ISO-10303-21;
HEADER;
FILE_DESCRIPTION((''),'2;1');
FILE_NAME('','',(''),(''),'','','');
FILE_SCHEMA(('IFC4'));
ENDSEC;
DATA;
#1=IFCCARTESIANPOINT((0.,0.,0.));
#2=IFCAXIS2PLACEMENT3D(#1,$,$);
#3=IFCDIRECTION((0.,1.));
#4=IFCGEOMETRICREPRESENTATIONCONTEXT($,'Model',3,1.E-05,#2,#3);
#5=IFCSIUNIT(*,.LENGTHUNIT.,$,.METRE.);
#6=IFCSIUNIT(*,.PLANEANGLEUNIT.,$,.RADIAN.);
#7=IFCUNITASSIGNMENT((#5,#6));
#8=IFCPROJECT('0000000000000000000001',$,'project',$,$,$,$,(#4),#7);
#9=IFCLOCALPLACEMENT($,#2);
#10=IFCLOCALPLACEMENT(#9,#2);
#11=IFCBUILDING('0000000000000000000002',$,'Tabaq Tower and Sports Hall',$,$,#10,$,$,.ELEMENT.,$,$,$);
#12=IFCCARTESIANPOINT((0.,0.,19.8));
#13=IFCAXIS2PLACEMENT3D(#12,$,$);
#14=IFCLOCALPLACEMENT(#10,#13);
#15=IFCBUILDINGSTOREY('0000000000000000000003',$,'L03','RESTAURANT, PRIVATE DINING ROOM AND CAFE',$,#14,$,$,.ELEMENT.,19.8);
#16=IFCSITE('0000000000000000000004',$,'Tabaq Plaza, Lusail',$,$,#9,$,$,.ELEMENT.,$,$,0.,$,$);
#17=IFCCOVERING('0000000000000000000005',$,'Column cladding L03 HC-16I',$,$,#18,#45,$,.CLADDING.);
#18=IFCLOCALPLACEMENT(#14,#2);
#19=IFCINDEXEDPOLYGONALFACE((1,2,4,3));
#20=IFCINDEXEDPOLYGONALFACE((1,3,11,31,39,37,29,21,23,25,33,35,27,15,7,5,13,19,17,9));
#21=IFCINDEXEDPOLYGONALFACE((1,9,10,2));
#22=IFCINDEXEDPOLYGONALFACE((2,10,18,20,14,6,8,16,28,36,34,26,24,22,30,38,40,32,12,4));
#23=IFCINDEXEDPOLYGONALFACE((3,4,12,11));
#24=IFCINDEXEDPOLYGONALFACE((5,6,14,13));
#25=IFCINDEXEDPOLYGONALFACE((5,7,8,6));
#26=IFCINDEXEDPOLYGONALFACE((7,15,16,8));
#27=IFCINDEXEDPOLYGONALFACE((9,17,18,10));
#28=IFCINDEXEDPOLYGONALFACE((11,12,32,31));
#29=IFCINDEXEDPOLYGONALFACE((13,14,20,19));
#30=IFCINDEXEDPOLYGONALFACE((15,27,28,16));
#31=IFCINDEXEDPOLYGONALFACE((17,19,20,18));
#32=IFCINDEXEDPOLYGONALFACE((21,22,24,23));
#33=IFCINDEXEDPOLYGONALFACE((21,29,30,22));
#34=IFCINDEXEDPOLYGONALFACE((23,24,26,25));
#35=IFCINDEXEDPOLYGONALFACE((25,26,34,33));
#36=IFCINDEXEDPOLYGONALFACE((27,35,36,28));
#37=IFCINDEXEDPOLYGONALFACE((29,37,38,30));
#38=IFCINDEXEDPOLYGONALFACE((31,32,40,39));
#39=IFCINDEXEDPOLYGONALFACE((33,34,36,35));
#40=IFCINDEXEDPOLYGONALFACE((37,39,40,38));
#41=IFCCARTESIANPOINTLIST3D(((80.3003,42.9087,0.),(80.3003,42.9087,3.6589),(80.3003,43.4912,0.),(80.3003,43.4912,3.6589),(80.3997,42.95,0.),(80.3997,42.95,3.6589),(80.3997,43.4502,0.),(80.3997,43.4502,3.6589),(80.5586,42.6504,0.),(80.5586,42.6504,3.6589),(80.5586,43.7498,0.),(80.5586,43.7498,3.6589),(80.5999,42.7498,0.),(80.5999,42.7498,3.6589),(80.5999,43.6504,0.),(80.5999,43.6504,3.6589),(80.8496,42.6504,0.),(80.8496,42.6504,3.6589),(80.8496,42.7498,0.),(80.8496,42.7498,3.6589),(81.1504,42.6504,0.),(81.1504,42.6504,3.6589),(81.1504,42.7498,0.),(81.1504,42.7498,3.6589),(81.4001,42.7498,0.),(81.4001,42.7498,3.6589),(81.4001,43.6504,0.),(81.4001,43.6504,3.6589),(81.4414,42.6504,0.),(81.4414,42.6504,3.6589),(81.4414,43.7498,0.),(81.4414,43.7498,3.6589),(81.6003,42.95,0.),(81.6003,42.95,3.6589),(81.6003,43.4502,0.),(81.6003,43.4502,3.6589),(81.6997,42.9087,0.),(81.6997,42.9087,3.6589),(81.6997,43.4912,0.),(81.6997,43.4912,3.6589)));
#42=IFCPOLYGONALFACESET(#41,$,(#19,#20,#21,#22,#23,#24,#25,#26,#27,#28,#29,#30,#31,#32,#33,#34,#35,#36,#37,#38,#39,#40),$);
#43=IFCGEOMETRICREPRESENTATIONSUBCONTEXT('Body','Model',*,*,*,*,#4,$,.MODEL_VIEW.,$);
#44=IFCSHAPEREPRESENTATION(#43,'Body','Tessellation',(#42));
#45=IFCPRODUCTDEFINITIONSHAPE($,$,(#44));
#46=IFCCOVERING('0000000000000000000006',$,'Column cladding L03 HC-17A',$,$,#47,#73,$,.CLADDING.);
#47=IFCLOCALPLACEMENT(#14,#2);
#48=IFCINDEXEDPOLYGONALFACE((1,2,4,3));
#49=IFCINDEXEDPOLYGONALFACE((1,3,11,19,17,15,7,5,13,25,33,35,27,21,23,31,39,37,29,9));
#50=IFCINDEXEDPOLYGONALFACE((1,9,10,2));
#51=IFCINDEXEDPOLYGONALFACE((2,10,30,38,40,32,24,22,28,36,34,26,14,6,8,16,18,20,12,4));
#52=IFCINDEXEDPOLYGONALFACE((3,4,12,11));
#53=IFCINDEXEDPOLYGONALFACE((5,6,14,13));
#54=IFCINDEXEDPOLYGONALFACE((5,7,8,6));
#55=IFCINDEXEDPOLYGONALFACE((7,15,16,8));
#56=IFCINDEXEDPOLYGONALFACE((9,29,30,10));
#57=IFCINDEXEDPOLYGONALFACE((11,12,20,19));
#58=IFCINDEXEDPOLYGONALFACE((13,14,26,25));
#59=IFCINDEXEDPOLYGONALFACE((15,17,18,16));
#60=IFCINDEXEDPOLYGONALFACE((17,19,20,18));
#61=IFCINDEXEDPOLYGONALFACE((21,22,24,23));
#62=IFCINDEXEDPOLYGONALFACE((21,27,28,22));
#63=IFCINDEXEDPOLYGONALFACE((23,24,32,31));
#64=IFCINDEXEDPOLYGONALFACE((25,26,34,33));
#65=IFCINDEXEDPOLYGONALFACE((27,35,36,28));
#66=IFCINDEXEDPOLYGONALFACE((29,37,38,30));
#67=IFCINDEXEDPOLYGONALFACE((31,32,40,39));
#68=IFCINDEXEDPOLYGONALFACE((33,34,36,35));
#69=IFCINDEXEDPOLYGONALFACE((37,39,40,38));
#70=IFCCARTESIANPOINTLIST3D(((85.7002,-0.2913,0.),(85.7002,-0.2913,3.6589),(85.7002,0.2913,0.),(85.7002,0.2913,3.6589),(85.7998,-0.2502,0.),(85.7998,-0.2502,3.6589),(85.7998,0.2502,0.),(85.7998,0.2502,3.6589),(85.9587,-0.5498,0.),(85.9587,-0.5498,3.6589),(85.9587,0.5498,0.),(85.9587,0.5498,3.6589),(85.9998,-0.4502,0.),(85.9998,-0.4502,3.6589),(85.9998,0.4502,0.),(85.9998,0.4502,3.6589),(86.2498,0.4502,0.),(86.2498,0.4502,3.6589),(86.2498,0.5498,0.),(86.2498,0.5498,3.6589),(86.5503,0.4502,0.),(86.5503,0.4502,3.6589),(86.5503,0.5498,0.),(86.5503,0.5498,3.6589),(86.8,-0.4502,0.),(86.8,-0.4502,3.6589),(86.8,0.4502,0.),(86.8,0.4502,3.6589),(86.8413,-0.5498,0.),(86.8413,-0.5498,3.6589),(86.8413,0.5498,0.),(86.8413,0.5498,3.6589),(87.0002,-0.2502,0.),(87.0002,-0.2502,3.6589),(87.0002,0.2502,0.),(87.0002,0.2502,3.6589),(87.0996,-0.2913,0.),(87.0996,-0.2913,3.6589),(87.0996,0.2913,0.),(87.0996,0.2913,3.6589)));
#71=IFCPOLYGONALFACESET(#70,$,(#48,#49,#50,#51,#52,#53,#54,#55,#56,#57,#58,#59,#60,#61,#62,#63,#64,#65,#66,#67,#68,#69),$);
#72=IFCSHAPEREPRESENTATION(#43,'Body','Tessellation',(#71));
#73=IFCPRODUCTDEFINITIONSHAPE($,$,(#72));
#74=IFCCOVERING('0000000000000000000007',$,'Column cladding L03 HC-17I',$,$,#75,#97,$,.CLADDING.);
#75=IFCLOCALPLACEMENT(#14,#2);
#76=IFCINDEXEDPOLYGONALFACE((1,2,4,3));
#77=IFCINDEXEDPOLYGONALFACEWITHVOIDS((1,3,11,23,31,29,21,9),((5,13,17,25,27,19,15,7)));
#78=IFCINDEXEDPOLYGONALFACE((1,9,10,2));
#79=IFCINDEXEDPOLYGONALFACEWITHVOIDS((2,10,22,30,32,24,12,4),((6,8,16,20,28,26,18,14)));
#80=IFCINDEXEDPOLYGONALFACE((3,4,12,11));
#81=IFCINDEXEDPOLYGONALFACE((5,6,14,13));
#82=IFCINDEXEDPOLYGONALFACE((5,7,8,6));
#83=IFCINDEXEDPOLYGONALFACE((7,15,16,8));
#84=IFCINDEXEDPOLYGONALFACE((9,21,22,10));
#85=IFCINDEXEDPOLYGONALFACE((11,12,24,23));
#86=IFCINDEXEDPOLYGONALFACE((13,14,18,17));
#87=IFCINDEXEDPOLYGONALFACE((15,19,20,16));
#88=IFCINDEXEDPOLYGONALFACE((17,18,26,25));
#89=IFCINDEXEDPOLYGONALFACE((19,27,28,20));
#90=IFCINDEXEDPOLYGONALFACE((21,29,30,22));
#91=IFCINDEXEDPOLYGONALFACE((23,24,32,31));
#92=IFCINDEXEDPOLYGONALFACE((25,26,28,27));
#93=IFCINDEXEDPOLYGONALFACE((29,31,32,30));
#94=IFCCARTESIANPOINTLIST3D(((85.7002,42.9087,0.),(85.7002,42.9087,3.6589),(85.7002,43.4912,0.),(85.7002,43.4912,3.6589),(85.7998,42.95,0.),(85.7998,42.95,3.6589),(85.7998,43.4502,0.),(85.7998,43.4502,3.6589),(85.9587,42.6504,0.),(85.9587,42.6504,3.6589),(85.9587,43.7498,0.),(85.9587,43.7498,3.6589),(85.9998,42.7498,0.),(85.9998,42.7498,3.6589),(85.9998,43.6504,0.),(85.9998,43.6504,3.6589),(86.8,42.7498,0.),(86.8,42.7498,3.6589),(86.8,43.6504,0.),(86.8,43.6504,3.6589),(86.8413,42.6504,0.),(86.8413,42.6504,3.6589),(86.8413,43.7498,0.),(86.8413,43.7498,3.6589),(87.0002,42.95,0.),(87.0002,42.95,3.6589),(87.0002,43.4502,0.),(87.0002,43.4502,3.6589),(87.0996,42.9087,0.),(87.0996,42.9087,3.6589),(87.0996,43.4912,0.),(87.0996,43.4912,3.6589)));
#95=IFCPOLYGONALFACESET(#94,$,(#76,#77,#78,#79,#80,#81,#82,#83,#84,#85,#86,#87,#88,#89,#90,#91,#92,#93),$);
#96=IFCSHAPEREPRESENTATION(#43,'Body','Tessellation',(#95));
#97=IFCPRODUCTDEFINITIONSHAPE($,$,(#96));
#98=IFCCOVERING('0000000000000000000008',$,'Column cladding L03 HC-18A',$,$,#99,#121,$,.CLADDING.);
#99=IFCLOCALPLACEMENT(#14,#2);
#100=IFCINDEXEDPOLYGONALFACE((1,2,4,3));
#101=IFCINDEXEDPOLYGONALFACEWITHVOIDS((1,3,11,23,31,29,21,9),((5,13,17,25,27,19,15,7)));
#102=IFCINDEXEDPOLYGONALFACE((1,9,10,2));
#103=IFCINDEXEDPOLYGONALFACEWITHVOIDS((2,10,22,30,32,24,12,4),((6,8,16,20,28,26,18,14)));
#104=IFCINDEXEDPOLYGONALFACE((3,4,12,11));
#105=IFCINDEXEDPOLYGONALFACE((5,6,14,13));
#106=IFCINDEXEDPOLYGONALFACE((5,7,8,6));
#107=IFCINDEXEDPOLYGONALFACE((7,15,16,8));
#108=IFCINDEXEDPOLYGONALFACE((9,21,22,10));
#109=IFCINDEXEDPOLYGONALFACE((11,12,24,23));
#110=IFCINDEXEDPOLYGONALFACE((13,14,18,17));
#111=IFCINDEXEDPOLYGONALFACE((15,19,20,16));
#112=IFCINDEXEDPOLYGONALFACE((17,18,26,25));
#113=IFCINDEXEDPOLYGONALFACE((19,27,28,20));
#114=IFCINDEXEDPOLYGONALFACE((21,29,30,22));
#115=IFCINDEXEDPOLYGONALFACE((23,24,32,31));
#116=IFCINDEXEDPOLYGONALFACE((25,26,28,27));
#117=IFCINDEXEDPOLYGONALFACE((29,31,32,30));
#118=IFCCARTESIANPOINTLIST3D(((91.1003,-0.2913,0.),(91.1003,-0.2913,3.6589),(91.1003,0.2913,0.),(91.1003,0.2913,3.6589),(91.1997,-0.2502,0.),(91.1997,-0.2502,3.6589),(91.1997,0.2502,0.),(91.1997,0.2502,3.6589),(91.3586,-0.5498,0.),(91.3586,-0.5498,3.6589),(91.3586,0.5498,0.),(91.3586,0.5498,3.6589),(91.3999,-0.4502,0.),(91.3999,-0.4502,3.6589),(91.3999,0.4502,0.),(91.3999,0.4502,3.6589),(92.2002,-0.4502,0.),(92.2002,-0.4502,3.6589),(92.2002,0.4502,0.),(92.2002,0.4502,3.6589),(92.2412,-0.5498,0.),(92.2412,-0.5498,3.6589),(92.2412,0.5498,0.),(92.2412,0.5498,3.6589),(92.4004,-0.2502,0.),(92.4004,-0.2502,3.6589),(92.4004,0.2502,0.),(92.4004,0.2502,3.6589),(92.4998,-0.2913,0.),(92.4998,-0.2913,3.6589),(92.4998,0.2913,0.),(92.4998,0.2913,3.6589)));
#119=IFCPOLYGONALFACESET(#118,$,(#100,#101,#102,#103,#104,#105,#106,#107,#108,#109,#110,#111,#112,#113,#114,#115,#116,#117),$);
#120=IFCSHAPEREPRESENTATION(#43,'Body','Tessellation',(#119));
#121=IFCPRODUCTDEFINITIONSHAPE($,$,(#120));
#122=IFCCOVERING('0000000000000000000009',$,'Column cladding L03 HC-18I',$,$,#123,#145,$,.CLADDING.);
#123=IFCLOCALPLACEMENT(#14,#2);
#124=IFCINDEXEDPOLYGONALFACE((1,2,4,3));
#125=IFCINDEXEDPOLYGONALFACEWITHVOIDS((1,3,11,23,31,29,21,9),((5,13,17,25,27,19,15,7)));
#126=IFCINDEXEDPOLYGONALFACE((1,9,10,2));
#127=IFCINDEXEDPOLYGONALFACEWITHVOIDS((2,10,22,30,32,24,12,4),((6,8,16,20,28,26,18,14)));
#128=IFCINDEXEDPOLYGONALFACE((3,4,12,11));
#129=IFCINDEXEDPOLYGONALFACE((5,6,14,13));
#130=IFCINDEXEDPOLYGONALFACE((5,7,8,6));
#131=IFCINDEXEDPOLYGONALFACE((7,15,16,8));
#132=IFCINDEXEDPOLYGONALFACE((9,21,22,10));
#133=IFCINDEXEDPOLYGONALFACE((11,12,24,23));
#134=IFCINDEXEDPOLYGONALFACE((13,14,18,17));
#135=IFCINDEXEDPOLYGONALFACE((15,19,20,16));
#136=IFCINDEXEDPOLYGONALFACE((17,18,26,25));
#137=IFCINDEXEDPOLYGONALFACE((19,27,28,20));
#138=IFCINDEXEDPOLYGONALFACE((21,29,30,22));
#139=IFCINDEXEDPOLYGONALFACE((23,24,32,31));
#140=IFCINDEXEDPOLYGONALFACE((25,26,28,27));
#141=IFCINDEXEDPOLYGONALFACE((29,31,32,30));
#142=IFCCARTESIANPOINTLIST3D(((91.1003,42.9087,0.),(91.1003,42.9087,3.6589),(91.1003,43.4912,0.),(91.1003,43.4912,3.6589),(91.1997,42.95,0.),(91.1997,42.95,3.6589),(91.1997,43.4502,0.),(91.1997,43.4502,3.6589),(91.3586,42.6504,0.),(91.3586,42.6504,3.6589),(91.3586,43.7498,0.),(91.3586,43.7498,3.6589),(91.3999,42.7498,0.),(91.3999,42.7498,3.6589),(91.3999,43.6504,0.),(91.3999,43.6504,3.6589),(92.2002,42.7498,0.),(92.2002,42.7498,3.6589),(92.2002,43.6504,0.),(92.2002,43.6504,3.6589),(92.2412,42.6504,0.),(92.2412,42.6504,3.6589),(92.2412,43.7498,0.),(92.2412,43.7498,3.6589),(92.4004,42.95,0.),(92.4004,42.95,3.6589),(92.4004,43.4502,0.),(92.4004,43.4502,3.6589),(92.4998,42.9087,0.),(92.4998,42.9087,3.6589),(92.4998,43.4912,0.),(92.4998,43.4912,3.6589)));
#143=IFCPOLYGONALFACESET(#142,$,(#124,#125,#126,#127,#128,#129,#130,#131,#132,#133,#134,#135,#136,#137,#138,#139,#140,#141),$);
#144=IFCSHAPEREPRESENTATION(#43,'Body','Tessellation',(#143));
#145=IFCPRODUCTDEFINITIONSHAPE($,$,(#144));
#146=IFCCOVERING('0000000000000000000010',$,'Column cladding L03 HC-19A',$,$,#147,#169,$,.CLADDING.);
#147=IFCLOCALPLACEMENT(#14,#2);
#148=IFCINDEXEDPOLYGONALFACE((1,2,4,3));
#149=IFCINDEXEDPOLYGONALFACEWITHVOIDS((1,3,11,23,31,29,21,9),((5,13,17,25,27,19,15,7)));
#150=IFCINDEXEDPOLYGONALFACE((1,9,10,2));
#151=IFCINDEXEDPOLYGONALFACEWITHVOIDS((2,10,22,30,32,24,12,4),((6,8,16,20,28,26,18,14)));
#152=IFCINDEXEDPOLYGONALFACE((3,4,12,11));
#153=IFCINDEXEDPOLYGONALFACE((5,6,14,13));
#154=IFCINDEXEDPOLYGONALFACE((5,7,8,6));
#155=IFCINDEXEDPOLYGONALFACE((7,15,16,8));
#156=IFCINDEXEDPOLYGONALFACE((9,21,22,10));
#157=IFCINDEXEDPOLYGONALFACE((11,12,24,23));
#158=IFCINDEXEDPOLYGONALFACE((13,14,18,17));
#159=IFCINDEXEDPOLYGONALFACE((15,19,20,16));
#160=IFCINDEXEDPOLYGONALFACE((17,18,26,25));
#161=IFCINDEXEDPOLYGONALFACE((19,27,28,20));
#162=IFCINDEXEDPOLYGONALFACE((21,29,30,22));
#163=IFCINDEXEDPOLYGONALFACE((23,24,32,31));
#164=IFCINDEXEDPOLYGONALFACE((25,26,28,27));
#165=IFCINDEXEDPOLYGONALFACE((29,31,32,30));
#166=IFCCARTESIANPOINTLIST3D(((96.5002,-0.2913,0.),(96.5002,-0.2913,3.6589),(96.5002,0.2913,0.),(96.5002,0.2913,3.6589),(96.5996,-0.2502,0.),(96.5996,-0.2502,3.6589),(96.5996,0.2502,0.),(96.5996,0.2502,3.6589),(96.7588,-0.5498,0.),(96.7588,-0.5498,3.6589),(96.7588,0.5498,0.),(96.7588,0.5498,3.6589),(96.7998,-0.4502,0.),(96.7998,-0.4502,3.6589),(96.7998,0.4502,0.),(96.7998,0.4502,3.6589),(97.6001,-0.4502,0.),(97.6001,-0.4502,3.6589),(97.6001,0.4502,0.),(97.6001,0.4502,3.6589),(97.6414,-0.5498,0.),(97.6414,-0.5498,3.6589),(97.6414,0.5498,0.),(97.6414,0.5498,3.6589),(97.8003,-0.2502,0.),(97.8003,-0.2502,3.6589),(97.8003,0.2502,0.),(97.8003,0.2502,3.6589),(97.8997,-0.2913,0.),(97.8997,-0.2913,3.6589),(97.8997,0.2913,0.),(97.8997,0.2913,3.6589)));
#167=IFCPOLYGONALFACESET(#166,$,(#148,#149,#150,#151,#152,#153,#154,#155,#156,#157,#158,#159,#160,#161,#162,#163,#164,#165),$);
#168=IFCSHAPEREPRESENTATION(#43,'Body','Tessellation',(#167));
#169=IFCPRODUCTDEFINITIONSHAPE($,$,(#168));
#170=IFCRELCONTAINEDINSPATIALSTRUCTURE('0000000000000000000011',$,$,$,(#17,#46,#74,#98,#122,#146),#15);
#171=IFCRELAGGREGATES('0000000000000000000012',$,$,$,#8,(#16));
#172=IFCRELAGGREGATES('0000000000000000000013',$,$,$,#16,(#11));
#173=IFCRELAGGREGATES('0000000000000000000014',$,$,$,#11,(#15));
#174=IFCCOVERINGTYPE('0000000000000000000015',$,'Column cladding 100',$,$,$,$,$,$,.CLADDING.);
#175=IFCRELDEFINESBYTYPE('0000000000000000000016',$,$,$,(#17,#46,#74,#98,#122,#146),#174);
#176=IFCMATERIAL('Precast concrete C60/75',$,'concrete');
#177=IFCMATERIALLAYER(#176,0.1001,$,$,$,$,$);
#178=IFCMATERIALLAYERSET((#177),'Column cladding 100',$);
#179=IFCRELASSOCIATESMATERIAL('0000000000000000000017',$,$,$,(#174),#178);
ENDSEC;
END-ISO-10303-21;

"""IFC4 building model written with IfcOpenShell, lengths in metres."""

from ifc_helpers import new_model, si_unit, direction, frame, origin, place, context, subcontext, project, spatial, polyline, outline, extrude, material, layer, layer_set, type_object, element, save


model = new_model("IFC4")

# Units and contexts
model_context = context("Model", 3, precision=1e-05, world=origin(), true_north=direction((0.0, 1.0)))
body_context = subcontext(model_context, "Body", "Model", "MODEL_VIEW")
ifc_project = project(units=[si_unit("LENGTHUNIT", "METRE"), si_unit("PLANEANGLEUNIT", "RADIAN")], contexts=[model_context])

# Site, building, storey
site_placement = place(None, origin())
site = spatial("IfcSite", under=ifc_project, at=site_placement, Name="Tabaq Plaza, Lusail", CompositionType="ELEMENT", RefElevation=0.0)
building_placement = place(site_placement, origin())
building = spatial("IfcBuilding", under=site, at=building_placement, Name="Tabaq Tower and Sports Hall", CompositionType="ELEMENT")
storey_placement = place(building_placement, frame((0.0, 0.0, 19.8)))
storey = spatial("IfcBuildingStorey", under=building, at=storey_placement, Name="L03", Description="RESTAURANT, PRIVATE DINING ROOM AND CAFE", CompositionType="ELEMENT", Elevation=19.8)

# Coverings
ifc_material_1 = material(Name="Precast concrete C60/75", Category="concrete")
ifc_layer_1 = layer(ifc_material_1, 0.1001)
ifc_layer_set_1 = layer_set([ifc_layer_1], Name="Column cladding 100")
covering_type = type_object("IfcCoveringType", Name="Column cladding 100", PredefinedType="CLADDING", material=ifc_layer_set_1)
covering_1_placement = place(storey_placement, origin())
element("IfcCovering", 1, at=covering_1_placement, inside=storey, type_object=covering_type, Name="Column cladding L03 HC-16I", PredefinedType="CLADDING", context=body_context, shape_type="SweptSolid", body=[
    extrude(outline(polyline([(80.3003, 43.4912), (80.5586, 43.7498), (81.4414, 43.7498), (81.6997, 43.4912), (81.6997, 42.9087), (81.4414, 42.6504), (81.1504, 42.6504), (81.1504, 42.7498), (81.4001, 42.7498), (81.6003, 42.95), (81.6003, 43.4502), (81.4001, 43.6504), (80.5999, 43.6504), (80.3997, 43.4502), (80.3997, 42.95), (80.5999, 42.7498), (80.8496, 42.7498), (80.8496, 42.6504), (80.5586, 42.6504), (80.3003, 42.9087), (80.3003, 43.4912)])), origin(), (0.0, 0.0, 1.0), 3.6589),
])
covering_2_placement = place(storey_placement, origin())
element("IfcCovering", 2, at=covering_2_placement, inside=storey, type_object=covering_type, Name="Column cladding L03 HC-17A", PredefinedType="CLADDING", context=body_context, shape_type="SweptSolid", body=[
    extrude(outline(polyline([(85.7002, 0.2913), (85.9587, 0.5498), (86.2498, 0.5498), (86.2498, 0.4502), (85.9998, 0.4502), (85.7998, 0.2502), (85.7998, -0.2502), (85.9998, -0.4502), (86.8, -0.4502), (87.0002, -0.2502), (87.0002, 0.2502), (86.8, 0.4502), (86.5503, 0.4502), (86.5503, 0.5498), (86.8413, 0.5498), (87.0996, 0.2913), (87.0996, -0.2913), (86.8413, -0.5498), (85.9587, -0.5498), (85.7002, -0.2913), (85.7002, 0.2913)])), origin(), (0.0, 0.0, 1.0), 3.6589),
])
covering_3_placement = place(storey_placement, origin())
element("IfcCovering", 3, at=covering_3_placement, inside=storey, type_object=covering_type, Name="Column cladding L03 HC-17I", PredefinedType="CLADDING", context=body_context, shape_type="SweptSolid", body=[
    extrude(outline(polyline([(85.7002, 42.9087), (85.7002, 43.4912), (85.9587, 43.7498), (86.8413, 43.7498), (87.0996, 43.4912), (87.0996, 42.9087), (86.8413, 42.6504), (85.9587, 42.6504), (85.7002, 42.9087)]), holes=[polyline([(86.8, 42.7498), (87.0002, 42.95), (87.0002, 43.4502), (86.8, 43.6504), (85.9998, 43.6504), (85.7998, 43.4502), (85.7998, 42.95), (85.9998, 42.7498), (86.8, 42.7498)])]), origin(), (0.0, 0.0, 1.0), 3.6589),
])
covering_4_placement = place(storey_placement, origin())
element("IfcCovering", 4, at=covering_4_placement, inside=storey, type_object=covering_type, Name="Column cladding L03 HC-18A", PredefinedType="CLADDING", context=body_context, shape_type="SweptSolid", body=[
    extrude(outline(polyline([(91.1003, -0.2913), (91.1003, 0.2913), (91.3586, 0.5498), (92.2412, 0.5498), (92.4998, 0.2913), (92.4998, -0.2913), (92.2412, -0.5498), (91.3586, -0.5498), (91.1003, -0.2913)]), holes=[polyline([(92.2002, -0.4502), (92.4004, -0.2502), (92.4004, 0.2502), (92.2002, 0.4502), (91.3999, 0.4502), (91.1997, 0.2502), (91.1997, -0.2502), (91.3999, -0.4502), (92.2002, -0.4502)])]), origin(), (0.0, 0.0, 1.0), 3.6589),
])
covering_5_placement = place(storey_placement, origin())
element("IfcCovering", 5, at=covering_5_placement, inside=storey, type_object=covering_type, Name="Column cladding L03 HC-18I", PredefinedType="CLADDING", context=body_context, shape_type="SweptSolid", body=[
    extrude(outline(polyline([(91.1003, 42.9087), (91.1003, 43.4912), (91.3586, 43.7498), (92.2412, 43.7498), (92.4998, 43.4912), (92.4998, 42.9087), (92.2412, 42.6504), (91.3586, 42.6504), (91.1003, 42.9087)]), holes=[polyline([(92.2002, 42.7498), (92.4004, 42.95), (92.4004, 43.4502), (92.2002, 43.6504), (91.3999, 43.6504), (91.1997, 43.4502), (91.1997, 42.95), (91.3999, 42.7498), (92.2002, 42.7498)])]), origin(), (0.0, 0.0, 1.0), 3.6589),
])
covering_6_placement = place(storey_placement, origin())
element("IfcCovering", 6, at=covering_6_placement, inside=storey, type_object=covering_type, Name="Column cladding L03 HC-19A", PredefinedType="CLADDING", context=body_context, shape_type="SweptSolid", body=[
    extrude(outline(polyline([(96.5002, -0.2913), (96.5002, 0.2913), (96.7588, 0.5498), (97.6414, 0.5498), (97.8997, 0.2913), (97.8997, -0.2913), (97.6414, -0.5498), (96.7588, -0.5498), (96.5002, -0.2913)]), holes=[polyline([(97.6001, -0.4502), (97.8003, -0.2502), (97.8003, 0.2502), (97.6001, 0.4502), (96.7998, 0.4502), (96.5996, 0.2502), (96.5996, -0.2502), (96.7998, -0.4502), (97.6001, -0.4502)])]), origin(), (0.0, 0.0, 1.0), 3.6589),
])

save(model, "model.ifc")
